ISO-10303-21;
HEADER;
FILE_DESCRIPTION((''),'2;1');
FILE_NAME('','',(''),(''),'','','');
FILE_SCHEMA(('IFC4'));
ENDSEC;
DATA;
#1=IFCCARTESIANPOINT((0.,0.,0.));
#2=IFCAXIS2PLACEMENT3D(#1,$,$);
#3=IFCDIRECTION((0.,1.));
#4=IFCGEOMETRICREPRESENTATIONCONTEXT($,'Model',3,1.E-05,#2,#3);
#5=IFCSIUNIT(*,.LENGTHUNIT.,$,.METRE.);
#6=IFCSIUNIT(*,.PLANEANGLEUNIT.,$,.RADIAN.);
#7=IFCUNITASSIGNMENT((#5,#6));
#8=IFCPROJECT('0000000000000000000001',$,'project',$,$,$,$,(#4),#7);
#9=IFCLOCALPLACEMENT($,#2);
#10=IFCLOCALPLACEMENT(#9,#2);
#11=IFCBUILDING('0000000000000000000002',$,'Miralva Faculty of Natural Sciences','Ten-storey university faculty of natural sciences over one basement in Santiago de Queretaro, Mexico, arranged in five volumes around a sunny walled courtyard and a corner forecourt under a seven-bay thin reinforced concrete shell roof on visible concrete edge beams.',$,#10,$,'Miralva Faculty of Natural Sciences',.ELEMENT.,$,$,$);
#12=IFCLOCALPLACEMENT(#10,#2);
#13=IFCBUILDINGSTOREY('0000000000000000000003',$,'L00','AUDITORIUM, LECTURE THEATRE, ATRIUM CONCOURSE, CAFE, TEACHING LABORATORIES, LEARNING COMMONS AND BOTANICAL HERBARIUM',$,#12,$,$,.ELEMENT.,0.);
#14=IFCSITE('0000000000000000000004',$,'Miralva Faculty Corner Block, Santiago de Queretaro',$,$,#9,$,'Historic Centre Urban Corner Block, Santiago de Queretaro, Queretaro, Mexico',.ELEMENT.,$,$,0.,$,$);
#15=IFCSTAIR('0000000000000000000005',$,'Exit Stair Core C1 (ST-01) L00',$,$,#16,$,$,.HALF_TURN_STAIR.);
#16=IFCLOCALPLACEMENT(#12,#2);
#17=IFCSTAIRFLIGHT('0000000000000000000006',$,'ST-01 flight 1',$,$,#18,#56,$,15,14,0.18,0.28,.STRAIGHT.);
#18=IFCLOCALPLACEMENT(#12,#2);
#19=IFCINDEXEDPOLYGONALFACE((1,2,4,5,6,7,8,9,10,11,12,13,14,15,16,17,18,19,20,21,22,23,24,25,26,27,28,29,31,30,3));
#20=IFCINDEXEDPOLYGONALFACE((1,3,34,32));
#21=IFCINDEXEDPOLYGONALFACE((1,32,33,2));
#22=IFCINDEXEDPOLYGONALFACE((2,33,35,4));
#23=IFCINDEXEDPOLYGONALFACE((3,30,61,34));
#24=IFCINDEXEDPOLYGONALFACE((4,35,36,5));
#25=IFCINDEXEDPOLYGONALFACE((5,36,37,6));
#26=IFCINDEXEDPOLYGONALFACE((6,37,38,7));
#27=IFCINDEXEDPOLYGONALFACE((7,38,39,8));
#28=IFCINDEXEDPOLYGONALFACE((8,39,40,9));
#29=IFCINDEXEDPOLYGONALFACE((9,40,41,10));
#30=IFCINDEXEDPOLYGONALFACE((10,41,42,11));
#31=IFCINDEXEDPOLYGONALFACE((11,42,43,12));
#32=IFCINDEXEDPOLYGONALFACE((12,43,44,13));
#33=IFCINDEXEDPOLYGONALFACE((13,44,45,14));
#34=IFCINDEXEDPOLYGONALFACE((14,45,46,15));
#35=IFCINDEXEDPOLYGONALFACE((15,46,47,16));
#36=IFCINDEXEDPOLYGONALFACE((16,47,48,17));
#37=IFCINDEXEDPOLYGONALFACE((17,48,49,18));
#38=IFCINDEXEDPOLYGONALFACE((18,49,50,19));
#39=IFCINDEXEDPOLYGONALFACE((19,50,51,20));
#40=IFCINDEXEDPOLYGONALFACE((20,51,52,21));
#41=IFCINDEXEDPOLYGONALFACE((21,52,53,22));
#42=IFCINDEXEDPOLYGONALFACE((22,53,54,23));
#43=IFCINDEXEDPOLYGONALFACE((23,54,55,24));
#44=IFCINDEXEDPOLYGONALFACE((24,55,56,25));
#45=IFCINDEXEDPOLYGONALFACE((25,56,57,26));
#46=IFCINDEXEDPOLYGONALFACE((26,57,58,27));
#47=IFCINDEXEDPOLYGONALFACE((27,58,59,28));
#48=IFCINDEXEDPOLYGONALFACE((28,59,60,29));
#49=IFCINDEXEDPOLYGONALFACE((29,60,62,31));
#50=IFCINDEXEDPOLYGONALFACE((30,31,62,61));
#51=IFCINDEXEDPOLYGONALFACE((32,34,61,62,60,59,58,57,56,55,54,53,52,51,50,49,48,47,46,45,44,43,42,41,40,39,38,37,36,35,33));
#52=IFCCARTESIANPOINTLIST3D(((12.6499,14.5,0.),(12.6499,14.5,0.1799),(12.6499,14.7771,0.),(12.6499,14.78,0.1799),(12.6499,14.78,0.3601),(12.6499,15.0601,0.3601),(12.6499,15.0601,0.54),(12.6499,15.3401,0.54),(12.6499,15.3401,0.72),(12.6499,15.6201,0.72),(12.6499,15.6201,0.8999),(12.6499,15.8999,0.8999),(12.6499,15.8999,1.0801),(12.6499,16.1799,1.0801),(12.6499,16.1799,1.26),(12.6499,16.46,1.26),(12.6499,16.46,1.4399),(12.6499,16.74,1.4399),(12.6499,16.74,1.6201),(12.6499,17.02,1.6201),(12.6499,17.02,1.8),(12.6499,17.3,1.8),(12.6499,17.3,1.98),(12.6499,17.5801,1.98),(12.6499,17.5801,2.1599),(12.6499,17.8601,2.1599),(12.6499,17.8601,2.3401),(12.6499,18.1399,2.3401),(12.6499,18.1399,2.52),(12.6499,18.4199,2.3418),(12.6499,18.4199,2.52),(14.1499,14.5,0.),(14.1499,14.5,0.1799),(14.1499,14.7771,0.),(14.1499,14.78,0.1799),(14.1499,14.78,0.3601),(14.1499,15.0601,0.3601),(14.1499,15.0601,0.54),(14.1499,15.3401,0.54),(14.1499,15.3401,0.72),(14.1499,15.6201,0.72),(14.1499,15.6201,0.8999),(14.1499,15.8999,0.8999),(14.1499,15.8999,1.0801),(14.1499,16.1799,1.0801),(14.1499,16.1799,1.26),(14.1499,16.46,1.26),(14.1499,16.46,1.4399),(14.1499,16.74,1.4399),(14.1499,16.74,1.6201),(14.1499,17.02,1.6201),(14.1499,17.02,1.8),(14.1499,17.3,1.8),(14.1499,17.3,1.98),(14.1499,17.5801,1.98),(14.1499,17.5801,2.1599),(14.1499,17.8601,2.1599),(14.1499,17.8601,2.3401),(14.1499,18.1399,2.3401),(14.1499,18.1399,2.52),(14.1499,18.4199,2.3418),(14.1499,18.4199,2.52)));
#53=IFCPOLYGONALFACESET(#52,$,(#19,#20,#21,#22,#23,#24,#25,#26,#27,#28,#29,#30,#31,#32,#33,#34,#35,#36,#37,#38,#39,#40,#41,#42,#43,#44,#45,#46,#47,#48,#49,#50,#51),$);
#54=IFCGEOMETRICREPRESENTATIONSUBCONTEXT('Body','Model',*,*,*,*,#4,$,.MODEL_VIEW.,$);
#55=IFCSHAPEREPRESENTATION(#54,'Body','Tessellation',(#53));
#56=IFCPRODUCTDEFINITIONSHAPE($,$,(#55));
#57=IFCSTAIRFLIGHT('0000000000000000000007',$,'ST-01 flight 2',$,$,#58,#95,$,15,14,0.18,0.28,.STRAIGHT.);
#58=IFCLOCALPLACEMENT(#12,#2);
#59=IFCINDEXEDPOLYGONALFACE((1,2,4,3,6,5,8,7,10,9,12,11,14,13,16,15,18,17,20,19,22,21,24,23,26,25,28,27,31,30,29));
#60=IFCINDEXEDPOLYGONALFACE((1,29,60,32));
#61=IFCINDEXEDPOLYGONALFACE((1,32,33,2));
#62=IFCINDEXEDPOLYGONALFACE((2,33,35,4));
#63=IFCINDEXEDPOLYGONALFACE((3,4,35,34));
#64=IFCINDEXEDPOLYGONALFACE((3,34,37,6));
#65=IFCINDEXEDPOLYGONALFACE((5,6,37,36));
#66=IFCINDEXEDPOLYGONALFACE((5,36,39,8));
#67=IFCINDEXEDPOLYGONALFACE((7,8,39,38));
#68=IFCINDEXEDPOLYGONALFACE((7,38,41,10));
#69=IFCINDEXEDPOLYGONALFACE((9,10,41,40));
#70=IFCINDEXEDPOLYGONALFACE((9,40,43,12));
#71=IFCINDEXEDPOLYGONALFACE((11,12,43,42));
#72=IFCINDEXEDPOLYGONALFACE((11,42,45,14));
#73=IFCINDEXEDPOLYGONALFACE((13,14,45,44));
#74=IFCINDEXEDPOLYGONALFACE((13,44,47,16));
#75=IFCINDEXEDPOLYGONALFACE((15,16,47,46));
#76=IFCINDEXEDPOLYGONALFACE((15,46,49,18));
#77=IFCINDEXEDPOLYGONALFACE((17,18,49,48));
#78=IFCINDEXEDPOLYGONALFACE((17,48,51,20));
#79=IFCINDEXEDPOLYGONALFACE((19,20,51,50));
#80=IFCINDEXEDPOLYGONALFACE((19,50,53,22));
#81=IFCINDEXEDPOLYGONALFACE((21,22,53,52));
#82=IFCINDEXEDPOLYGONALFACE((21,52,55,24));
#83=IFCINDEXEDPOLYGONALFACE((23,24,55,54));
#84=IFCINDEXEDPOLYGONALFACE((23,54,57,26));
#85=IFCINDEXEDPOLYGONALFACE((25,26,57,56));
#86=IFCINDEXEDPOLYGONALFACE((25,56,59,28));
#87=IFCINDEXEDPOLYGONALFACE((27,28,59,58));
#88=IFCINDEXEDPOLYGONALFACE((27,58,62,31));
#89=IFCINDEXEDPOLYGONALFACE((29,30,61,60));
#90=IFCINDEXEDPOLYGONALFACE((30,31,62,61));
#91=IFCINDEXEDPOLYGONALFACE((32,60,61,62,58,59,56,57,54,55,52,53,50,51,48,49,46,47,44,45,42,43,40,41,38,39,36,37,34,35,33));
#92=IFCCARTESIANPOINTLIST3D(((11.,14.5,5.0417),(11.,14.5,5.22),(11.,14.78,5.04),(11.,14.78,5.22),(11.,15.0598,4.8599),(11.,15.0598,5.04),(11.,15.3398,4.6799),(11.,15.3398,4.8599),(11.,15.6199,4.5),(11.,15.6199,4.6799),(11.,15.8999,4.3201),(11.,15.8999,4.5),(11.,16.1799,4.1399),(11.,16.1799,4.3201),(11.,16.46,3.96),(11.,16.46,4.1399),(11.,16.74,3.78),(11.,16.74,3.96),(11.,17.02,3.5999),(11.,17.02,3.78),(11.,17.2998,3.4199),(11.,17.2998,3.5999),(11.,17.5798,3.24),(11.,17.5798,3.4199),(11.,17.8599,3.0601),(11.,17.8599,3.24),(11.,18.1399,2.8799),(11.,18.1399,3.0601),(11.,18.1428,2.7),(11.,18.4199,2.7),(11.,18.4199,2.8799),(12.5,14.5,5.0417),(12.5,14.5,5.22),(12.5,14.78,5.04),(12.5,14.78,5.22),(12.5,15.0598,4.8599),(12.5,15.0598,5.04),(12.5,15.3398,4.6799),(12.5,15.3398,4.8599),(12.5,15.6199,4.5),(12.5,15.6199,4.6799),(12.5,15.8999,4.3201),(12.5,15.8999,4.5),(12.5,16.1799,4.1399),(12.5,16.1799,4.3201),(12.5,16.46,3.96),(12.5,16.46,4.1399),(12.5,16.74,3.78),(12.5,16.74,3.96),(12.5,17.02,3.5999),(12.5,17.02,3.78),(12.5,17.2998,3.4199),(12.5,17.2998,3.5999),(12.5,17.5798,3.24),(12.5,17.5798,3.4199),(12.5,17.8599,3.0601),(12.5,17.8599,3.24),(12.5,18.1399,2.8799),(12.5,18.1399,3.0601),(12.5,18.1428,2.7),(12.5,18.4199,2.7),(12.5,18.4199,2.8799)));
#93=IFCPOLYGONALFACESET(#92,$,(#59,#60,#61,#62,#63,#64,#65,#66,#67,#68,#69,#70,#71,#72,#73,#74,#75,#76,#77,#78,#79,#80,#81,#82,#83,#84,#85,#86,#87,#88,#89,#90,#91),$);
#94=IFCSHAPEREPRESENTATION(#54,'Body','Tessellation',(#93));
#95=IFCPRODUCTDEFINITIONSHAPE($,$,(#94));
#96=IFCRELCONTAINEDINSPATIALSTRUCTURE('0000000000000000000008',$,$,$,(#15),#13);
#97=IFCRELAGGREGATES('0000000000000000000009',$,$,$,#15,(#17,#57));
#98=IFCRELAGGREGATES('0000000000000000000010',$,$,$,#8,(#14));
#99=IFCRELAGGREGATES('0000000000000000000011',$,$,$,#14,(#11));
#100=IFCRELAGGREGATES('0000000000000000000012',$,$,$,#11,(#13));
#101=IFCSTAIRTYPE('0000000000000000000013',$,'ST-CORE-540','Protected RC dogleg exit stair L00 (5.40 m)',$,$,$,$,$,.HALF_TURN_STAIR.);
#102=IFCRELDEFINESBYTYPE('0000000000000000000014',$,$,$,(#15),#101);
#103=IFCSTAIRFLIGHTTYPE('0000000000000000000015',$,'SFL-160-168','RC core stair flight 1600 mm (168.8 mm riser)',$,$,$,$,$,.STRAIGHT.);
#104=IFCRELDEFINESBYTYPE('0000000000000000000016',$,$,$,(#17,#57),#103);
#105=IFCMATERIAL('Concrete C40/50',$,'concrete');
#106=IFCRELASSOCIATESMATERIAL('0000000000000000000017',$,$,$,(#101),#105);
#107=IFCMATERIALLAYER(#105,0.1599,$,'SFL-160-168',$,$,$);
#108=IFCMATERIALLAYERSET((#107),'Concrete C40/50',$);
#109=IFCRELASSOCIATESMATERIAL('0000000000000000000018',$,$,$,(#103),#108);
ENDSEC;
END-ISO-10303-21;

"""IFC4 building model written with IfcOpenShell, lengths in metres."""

from ifc_helpers import new_model, si_unit, direction, frame, origin, place, context, subcontext, project, spatial, polyline, outline, extrude, material, layer, layer_set, type_object, element, aggregate, save


model = new_model("IFC4")

# Units and contexts
model_context = context("Model", 3, precision=1e-05, world=origin(), true_north=direction((0.0, 1.0)))
body_context = subcontext(model_context, "Body", "Model", "MODEL_VIEW")
ifc_project = project(units=[si_unit("LENGTHUNIT", "METRE"), si_unit("PLANEANGLEUNIT", "RADIAN")], contexts=[model_context])

# Site, building, storey
site_placement = place(None, origin())
site = spatial("IfcSite", under=ifc_project, at=site_placement, Name="Miralva Faculty Corner Block, Santiago de Queretaro", LongName="Historic Centre Urban Corner Block, Santiago de Queretaro, Queretaro, Mexico", CompositionType="ELEMENT", RefElevation=0.0)
building_placement = place(site_placement, origin())
building = spatial("IfcBuilding", under=site, at=building_placement, Name="Miralva Faculty of Natural Sciences", Description="Ten-storey university faculty of natural sciences over one basement in Santiago de Queretaro, Mexico, arranged in five volumes around a sunny walled courtyard and a corner forecourt under a seven-bay thin reinforced concrete shell roof on visible concrete edge beams.", LongName="Miralva Faculty of Natural Sciences", CompositionType="ELEMENT")
storey_placement = place(building_placement, origin())
storey = spatial("IfcBuildingStorey", under=building, at=storey_placement, Name="L00", Description="AUDITORIUM, LECTURE THEATRE, ATRIUM CONCOURSE, CAFE, TEACHING LABORATORIES, LEARNING COMMONS AND BOTANICAL HERBARIUM", CompositionType="ELEMENT", Elevation=0.0)

# Shared definitions
ifc_material_1 = material(Name="Concrete C40/50", Category="concrete")

# Stair, stair flights
stair_type = type_object("IfcStairType", Name="ST-CORE-540", Description="Protected RC dogleg exit stair L00 (5.40 m)", PredefinedType="HALF_TURN_STAIR", material=ifc_material_1)
stair_placement = place(storey_placement, origin())
stair = element("IfcStair", 1, at=stair_placement, inside=storey, type_object=stair_type, Name="Exit Stair Core C1 (ST-01) L00", PredefinedType="HALF_TURN_STAIR")
ifc_layer_1 = layer(ifc_material_1, 0.1599, Name="SFL-160-168")
ifc_layer_set_1 = layer_set([ifc_layer_1], Name="Concrete C40/50")
stair_flight_type = type_object("IfcStairFlightType", Name="SFL-160-168", Description="RC core stair flight 1600 mm (168.8 mm riser)", PredefinedType="STRAIGHT", material=ifc_layer_set_1)
stair_flight_1_placement = place(storey_placement, frame((13.3999, 14.5, 0.0), z_axis=(0.0, 0.0, 1.0), x_axis=(0.0, 1.0, 0.0)))
stair_flight_1 = element("IfcStairFlight", 2, at=stair_flight_1_placement, type_object=stair_flight_type, Name="ST-01 flight 1", NumberOfRisers=15, NumberOfTreads=14, PredefinedType="STRAIGHT", RiserHeight=0.18, TreadLength=0.28, context=body_context, shape_type="SweptSolid", body=[
    extrude(outline(polyline([(0.0, 0.0), (0.0, 0.1799), (0.28, 0.1799), (0.28, 0.3601), (0.5601, 0.3601), (0.5601, 0.54), (0.8401, 0.54), (0.8401, 0.72), (1.1201, 0.72), (1.1201, 0.8999), (1.3999, 0.8999), (1.3999, 1.0801), (1.6799, 1.0801), (1.6799, 1.26), (1.96, 1.26), (1.96, 1.4399), (2.24, 1.4399), (2.24, 1.6201), (2.52, 1.6201), (2.52, 1.8), (2.8, 1.8), (2.8, 1.98), (3.0801, 1.98), (3.0801, 2.1599), (3.3601, 2.1599), (3.3601, 2.3401), (3.6399, 2.3401), (3.6399, 2.52), (3.9199, 2.52), (3.9199, 2.7), (3.9199, 2.3418), (0.2771, 0.0), (0.0, 0.0)])), frame((0.0, 0.75, 0.0), z_axis=(0.0, -1.0, 0.0), x_axis=(1.0, 0.0, 0.0)), (0.0, 0.0, 1.0), 1.5),
])
stair_flight_2_placement = place(storey_placement, frame((11.75, 18.4199, 2.7), z_axis=(0.0, 0.0, 1.0), x_axis=(0.0, -1.0, 0.0)))
stair_flight_2 = element("IfcStairFlight", 3, at=stair_flight_2_placement, type_object=stair_flight_type, Name="ST-01 flight 2", NumberOfRisers=15, NumberOfTreads=14, PredefinedType="STRAIGHT", RiserHeight=0.18, TreadLength=0.28, context=body_context, shape_type="SweptSolid", body=[
    extrude(outline(polyline([(0.0, 0.0), (0.0, 0.1799), (0.28, 0.1799), (0.28, 0.3601), (0.5601, 0.3601), (0.5601, 0.54), (0.8401, 0.54), (0.8401, 0.72), (1.1201, 0.72), (1.1201, 0.8999), (1.3999, 0.8999), (1.3999, 1.0801), (1.6799, 1.0801), (1.6799, 1.26), (1.96, 1.26), (1.96, 1.4399), (2.24, 1.4399), (2.24, 1.6201), (2.52, 1.6201), (2.52, 1.8), (2.8, 1.8), (2.8, 1.98), (3.0801, 1.98), (3.0801, 2.1599), (3.3601, 2.1599), (3.3601, 2.3401), (3.6399, 2.3401), (3.6399, 2.52), (3.9199, 2.52), (3.9199, 2.7), (3.9199, 2.3418), (0.2771, 0.0), (0.0, 0.0)])), frame((0.0, 0.75, 0.0), z_axis=(0.0, -1.0, 0.0), x_axis=(1.0, 0.0, 0.0)), (0.0, 0.0, 1.0), 1.5),
])
aggregate(stair, [stair_flight_1, stair_flight_2])

save(model, "model.ifc")
